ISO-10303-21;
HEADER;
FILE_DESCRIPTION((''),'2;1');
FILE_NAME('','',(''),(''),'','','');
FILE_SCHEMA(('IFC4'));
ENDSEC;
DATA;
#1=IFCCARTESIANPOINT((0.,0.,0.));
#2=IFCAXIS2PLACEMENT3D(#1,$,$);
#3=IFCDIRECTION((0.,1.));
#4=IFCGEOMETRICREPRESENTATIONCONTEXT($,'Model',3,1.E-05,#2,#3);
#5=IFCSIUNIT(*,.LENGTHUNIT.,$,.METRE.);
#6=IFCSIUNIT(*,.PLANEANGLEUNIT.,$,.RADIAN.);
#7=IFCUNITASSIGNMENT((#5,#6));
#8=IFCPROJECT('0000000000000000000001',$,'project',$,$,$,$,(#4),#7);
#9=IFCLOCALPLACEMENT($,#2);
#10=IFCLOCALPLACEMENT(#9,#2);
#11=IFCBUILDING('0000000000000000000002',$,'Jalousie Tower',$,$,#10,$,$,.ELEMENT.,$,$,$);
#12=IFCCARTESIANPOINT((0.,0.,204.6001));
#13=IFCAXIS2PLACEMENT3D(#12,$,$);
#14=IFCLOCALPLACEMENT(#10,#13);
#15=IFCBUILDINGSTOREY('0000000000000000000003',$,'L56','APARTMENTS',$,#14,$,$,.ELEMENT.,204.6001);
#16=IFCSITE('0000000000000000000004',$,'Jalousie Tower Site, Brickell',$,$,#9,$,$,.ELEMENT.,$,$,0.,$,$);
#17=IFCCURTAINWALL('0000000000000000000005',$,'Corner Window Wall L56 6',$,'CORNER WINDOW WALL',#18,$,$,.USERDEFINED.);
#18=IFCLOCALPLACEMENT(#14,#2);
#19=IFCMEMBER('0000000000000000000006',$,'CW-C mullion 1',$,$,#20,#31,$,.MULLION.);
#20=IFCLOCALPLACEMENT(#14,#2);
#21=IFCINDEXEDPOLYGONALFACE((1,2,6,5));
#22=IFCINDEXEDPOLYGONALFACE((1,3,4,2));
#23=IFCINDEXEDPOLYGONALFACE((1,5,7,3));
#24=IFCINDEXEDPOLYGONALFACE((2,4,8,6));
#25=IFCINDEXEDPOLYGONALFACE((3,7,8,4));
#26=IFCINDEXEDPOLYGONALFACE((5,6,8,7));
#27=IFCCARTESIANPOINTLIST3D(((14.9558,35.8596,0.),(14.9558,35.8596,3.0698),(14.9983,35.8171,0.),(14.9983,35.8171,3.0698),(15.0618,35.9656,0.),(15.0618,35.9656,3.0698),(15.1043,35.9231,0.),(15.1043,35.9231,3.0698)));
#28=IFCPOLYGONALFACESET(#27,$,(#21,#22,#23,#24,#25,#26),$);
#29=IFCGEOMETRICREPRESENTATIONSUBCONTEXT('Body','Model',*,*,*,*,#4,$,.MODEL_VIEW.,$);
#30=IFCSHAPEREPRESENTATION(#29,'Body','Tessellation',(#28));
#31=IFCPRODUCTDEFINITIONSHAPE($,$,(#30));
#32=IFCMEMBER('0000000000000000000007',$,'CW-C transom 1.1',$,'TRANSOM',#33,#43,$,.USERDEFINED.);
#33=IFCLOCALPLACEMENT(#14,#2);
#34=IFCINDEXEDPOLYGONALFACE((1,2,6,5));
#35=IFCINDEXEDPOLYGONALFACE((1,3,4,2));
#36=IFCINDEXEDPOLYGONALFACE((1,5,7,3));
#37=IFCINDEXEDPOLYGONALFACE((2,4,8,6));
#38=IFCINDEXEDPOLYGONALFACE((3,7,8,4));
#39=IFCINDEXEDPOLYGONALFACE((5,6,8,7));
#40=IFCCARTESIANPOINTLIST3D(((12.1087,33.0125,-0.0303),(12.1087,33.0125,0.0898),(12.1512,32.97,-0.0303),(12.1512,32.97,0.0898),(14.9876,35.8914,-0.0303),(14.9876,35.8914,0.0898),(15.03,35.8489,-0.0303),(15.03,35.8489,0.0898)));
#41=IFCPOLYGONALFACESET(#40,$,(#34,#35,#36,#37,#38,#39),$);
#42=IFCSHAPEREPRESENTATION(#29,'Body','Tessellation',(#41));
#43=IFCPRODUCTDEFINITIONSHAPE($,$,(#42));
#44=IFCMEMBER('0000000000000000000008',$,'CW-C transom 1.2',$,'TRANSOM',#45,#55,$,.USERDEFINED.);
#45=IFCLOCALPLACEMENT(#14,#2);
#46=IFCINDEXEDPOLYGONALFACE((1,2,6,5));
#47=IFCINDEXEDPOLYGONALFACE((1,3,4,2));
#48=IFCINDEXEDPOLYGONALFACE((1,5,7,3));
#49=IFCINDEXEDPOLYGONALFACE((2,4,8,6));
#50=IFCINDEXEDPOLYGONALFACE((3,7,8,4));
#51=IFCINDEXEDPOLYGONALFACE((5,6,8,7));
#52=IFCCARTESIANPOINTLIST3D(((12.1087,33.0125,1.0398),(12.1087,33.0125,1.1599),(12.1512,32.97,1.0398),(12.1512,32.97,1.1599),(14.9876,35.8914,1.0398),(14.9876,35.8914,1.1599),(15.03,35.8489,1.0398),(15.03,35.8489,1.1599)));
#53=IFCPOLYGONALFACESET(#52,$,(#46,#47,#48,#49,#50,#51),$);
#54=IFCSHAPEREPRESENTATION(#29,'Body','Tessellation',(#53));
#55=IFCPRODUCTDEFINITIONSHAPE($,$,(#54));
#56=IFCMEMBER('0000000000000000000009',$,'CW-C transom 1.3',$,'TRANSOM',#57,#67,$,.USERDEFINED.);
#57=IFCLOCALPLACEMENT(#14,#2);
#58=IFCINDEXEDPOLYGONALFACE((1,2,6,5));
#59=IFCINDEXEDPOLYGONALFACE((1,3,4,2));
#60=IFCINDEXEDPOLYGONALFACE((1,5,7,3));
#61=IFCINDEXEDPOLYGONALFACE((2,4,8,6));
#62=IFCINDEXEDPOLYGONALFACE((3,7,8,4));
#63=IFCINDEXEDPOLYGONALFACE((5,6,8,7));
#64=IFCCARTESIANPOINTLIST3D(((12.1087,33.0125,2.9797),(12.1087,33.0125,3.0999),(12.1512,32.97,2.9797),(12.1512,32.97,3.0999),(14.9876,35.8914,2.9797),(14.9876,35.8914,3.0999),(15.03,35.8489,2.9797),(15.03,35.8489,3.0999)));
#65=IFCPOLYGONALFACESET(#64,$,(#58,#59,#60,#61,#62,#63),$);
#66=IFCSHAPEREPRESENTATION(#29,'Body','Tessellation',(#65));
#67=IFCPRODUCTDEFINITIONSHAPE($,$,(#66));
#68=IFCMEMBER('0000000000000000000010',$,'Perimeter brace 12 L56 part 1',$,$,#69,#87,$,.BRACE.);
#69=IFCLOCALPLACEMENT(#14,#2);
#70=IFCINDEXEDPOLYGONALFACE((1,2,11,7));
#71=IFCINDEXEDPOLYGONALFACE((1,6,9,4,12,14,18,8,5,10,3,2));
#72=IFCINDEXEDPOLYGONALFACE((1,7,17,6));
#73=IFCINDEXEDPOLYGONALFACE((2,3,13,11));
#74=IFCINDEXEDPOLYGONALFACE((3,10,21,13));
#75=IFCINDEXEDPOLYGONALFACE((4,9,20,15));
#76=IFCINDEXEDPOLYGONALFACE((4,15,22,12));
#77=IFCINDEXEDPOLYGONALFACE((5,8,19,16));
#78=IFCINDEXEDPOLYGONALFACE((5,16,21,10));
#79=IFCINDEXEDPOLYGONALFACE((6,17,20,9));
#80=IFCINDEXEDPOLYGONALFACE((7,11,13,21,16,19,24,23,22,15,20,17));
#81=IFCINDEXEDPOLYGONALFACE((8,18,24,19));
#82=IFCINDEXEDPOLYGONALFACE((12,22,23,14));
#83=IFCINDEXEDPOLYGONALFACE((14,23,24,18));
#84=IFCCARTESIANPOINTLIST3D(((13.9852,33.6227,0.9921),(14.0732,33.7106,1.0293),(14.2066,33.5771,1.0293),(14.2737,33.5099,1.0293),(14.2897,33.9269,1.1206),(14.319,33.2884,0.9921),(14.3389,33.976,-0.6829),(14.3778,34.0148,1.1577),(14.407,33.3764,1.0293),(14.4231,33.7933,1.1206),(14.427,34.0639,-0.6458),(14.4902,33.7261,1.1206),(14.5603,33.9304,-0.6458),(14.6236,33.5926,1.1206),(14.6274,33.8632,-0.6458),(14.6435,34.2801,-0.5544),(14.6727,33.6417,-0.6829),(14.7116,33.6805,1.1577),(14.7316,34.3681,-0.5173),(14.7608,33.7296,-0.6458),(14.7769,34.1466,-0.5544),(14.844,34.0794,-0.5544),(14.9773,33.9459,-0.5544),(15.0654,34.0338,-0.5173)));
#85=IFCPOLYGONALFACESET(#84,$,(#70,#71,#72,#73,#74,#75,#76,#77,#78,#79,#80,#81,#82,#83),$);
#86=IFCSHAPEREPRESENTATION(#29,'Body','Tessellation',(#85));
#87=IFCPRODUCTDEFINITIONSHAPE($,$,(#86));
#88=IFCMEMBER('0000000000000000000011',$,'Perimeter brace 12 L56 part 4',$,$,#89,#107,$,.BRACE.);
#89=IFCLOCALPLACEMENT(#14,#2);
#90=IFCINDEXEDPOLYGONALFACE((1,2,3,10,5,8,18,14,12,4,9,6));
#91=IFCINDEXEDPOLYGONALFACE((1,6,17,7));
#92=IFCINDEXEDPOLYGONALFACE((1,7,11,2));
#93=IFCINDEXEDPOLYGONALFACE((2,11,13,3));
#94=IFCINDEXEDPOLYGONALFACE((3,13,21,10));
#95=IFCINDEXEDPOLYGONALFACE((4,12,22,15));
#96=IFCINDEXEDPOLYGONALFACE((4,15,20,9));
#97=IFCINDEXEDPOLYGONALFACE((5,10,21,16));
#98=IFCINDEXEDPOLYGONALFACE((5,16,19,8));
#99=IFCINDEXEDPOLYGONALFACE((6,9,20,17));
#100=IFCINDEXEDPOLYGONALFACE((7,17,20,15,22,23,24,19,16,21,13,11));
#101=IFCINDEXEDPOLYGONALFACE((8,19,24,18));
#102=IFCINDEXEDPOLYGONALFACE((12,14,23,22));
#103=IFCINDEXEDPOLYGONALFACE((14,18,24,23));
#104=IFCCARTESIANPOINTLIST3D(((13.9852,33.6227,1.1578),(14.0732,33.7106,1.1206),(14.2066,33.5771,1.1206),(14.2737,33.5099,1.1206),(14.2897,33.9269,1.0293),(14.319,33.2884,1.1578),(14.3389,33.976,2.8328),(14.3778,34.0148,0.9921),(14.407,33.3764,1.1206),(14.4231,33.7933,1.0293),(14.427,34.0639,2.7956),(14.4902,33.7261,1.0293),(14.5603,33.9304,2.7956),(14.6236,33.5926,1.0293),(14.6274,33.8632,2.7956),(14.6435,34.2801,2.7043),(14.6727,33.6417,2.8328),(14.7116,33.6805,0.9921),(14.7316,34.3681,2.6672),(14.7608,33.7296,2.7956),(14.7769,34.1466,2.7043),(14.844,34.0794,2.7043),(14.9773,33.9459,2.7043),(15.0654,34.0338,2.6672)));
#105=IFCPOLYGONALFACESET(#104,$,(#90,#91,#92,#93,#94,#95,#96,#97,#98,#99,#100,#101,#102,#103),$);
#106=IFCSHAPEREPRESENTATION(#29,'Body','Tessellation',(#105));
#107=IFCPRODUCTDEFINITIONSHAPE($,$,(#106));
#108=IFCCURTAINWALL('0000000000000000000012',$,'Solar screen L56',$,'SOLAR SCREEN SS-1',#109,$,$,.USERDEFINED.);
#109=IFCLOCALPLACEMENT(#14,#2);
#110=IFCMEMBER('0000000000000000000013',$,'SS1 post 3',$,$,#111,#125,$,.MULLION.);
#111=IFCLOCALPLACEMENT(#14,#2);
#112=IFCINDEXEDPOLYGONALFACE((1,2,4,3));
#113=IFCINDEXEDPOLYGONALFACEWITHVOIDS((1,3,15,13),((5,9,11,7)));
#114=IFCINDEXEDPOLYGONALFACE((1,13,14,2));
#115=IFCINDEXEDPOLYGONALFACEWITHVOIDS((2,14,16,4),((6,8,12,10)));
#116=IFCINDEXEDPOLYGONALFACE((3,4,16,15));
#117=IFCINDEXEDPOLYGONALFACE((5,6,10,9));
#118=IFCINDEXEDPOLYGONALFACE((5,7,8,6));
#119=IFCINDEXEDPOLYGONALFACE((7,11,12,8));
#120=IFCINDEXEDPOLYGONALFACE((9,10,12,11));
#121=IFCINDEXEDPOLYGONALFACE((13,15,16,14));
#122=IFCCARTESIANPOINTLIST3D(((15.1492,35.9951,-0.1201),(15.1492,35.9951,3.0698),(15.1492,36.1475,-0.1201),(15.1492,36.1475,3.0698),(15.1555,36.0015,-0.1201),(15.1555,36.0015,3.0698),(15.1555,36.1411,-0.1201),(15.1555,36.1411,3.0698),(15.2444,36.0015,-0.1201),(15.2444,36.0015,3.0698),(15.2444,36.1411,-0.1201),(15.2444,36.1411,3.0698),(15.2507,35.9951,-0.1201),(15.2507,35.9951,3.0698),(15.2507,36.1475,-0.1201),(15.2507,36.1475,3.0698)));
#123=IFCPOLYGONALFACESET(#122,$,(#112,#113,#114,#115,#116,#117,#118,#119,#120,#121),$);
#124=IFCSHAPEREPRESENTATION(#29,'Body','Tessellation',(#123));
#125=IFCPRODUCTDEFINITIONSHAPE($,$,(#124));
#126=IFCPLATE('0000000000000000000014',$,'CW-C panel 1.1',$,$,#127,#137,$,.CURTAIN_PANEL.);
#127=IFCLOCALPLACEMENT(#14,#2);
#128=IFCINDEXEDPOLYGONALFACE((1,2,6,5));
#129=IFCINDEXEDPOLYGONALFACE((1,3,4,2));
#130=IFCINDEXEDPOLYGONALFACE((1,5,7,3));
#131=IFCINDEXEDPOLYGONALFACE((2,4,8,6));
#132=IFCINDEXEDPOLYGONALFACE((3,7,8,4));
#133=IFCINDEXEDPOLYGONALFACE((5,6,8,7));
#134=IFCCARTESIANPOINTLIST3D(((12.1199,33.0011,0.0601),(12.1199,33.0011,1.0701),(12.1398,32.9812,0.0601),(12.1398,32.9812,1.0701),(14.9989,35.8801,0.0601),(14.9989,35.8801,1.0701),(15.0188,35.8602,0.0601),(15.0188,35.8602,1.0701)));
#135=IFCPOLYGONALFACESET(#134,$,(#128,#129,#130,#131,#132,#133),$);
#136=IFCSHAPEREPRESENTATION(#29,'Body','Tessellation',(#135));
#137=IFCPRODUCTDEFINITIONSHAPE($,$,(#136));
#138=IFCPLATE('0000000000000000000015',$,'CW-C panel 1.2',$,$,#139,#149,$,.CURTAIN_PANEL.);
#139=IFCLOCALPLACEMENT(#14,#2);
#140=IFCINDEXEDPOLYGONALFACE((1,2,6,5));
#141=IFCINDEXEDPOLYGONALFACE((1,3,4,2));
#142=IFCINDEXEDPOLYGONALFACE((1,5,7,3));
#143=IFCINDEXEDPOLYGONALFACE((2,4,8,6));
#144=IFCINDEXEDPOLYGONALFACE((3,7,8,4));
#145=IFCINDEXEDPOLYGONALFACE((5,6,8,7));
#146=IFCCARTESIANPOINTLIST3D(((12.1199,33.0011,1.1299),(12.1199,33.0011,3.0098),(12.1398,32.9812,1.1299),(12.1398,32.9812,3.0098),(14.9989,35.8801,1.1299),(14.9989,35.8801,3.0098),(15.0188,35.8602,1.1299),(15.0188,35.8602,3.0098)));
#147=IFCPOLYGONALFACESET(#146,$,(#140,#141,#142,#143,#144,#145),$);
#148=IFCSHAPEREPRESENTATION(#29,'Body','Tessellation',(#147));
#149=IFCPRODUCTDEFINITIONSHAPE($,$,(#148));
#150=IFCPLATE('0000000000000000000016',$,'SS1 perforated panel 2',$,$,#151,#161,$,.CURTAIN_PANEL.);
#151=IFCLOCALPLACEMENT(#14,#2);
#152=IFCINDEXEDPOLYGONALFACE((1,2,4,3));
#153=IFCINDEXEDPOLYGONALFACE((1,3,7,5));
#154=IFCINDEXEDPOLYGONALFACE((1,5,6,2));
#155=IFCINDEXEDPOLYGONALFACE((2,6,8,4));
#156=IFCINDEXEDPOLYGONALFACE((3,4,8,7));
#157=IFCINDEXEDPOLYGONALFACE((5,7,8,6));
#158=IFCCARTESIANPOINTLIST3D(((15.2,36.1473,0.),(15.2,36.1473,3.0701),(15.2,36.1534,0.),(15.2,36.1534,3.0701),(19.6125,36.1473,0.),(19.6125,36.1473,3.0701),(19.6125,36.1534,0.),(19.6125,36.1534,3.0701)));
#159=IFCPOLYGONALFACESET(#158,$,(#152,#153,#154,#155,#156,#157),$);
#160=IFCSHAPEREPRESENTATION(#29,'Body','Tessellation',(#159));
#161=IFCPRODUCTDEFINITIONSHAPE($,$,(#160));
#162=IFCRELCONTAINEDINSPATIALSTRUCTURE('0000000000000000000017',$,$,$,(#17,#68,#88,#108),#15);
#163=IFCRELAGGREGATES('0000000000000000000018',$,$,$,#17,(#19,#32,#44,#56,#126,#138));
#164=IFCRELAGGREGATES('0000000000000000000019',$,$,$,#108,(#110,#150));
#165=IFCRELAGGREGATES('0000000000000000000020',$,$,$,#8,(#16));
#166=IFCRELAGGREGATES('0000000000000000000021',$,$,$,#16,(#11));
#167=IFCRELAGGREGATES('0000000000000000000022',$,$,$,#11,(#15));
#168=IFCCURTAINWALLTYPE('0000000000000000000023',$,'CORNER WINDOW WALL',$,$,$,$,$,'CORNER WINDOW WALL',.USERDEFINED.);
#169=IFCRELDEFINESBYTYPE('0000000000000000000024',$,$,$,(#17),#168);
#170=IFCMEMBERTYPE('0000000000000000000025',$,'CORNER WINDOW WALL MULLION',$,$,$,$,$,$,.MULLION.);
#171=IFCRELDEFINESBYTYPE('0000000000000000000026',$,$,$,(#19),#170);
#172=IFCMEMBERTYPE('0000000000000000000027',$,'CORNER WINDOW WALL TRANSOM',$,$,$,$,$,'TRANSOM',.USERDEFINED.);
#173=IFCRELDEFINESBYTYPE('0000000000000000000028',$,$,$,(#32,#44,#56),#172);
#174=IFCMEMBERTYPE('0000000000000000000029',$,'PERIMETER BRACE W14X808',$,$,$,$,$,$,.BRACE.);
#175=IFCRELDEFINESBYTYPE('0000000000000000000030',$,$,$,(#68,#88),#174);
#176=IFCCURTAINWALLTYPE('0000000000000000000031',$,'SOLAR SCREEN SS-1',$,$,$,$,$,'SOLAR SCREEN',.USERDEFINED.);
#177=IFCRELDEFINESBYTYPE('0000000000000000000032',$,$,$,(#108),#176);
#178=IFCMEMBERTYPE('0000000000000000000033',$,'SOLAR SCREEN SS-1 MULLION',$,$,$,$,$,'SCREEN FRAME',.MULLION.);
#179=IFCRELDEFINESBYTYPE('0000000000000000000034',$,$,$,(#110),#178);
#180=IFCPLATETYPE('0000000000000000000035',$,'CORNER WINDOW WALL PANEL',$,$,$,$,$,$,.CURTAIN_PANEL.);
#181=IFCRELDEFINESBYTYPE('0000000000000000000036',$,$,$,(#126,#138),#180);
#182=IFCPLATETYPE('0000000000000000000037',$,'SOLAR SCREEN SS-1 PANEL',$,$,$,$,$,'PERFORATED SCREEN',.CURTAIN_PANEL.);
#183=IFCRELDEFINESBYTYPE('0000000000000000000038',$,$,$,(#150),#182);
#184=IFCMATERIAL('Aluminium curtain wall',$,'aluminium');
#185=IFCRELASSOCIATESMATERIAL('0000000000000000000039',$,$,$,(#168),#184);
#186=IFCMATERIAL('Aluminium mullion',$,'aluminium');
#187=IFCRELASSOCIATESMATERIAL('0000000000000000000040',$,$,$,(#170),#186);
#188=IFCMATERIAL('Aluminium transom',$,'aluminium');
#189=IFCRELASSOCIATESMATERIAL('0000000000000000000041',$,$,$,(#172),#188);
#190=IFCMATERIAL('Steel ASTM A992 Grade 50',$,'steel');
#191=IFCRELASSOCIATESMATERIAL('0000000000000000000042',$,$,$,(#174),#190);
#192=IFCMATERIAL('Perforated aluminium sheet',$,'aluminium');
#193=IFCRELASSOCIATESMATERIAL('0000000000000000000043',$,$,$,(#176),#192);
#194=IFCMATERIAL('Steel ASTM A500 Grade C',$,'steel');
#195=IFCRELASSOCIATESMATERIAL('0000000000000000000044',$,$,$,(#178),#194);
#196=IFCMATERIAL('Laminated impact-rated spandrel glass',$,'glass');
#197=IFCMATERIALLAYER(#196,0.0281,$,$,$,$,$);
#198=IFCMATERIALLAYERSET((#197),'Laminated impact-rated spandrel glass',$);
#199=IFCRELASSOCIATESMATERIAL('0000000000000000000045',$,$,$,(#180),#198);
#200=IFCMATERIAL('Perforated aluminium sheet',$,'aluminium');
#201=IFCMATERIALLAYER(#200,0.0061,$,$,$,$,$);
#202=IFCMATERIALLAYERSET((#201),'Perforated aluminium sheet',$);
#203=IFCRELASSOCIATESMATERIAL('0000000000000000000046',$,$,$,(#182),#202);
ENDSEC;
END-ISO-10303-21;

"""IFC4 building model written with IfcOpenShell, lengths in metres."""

from ifc_helpers import new_model, si_unit, direction, frame, origin, origin_2d, place, context, subcontext, project, spatial, rectangle, hollow_rectangle, i_section, extrude, material, layer, layer_set, material_profile, profile_set, type_object, element, aggregate, save


model = new_model("IFC4")

# Units and contexts
model_context = context("Model", 3, precision=1e-05, world=origin(), true_north=direction((0.0, 1.0)))
body_context = subcontext(model_context, "Body", "Model", "MODEL_VIEW")
ifc_project = project(units=[si_unit("LENGTHUNIT", "METRE"), si_unit("PLANEANGLEUNIT", "RADIAN")], contexts=[model_context])

# Site, building, storey
site_placement = place(None, origin())
site = spatial("IfcSite", under=ifc_project, at=site_placement, Name="Jalousie Tower Site, Brickell", CompositionType="ELEMENT", RefElevation=0.0)
building_placement = place(site_placement, origin())
building = spatial("IfcBuilding", under=site, at=building_placement, Name="Jalousie Tower", CompositionType="ELEMENT")
storey_placement = place(building_placement, frame((0.0, 0.0, 204.6001)))
storey = spatial("IfcBuildingStorey", under=building, at=storey_placement, Name="L56", Description="APARTMENTS", CompositionType="ELEMENT", Elevation=204.6001)

# Curtain wall, members
ifc_material_1 = material(Name="Aluminium curtain wall", Category="aluminium")
curtain_wall_type_1 = type_object("IfcCurtainWallType", Name="CORNER WINDOW WALL", ElementType="CORNER WINDOW WALL", PredefinedType="USERDEFINED", material=ifc_material_1)
curtain_wall_1_placement = place(storey_placement, origin())
curtain_wall_1 = element("IfcCurtainWall", 1, at=curtain_wall_1_placement, inside=storey, type_object=curtain_wall_type_1, Name="Corner Window Wall L56 6", ObjectType="CORNER WINDOW WALL", PredefinedType="USERDEFINED")
ifc_material_2 = material(Name="Aluminium mullion", Category="aluminium")
ifc_material_profile_1 = material_profile(ifc_material_2, rectangle(XDim=0.0601, YDim=0.1499, at=origin_2d()), Name="MULLION 60x150")
ifc_profile_set_1 = profile_set([ifc_material_profile_1], Name="Aluminium mullion")
member_type_1 = type_object("IfcMemberType", Name="CORNER WINDOW WALL MULLION", PredefinedType="MULLION", material=ifc_profile_set_1)
member_1_placement = place(storey_placement, frame((15.03, 35.8914, 0.0), z_axis=(0.0, 0.0, 1.0), x_axis=(0.707107, -0.707107, 0.0)))
member_1 = element("IfcMember", 2, at=member_1_placement, type_object=member_type_1, Name="CW-C mullion 1", PredefinedType="MULLION", context=body_context, shape_type="SweptSolid", body=[
    extrude(rectangle(XDim=0.0601, YDim=0.1499, at=origin_2d()), origin(), (0.0, 0.0, 1.0), 3.0698),
])
ifc_material_3 = material(Name="Aluminium transom", Category="aluminium")
ifc_material_profile_2 = material_profile(ifc_material_3, rectangle(XDim=0.0601, YDim=0.1201, at=origin_2d()), Name="TRANSOM 60x120")
ifc_profile_set_2 = profile_set([ifc_material_profile_2], Name="Aluminium transom")
member_type_2 = type_object("IfcMemberType", Name="CORNER WINDOW WALL TRANSOM", ElementType="TRANSOM", PredefinedType="USERDEFINED", material=ifc_profile_set_2)
member_2_placement = place(storey_placement, frame((15.0088, 35.8701, 0.0298), z_axis=(-0.707107, -0.707107, 0.0), x_axis=(0.707107, -0.707107, 0.0)))
member_2 = element("IfcMember", 3, at=member_2_placement, type_object=member_type_2, Name="CW-C transom 1.1", ObjectType="TRANSOM", PredefinedType="USERDEFINED", context=body_context, shape_type="SweptSolid", body=[
    extrude(rectangle(XDim=0.0601, YDim=0.1201, at=origin_2d()), origin(), (0.0, 0.0, 1.0), 4.0713),
])
member_3_placement = place(storey_placement, frame((15.0088, 35.8701, 1.0999), z_axis=(-0.707107, -0.707107, 0.0), x_axis=(0.707107, -0.707107, 0.0)))
member_3 = element("IfcMember", 4, at=member_3_placement, type_object=member_type_2, Name="CW-C transom 1.2", ObjectType="TRANSOM", PredefinedType="USERDEFINED", context=body_context, shape_type="SweptSolid", body=[
    extrude(rectangle(XDim=0.0601, YDim=0.1201, at=origin_2d()), origin(), (0.0, 0.0, 1.0), 4.0713),
])
member_4_placement = place(storey_placement, frame((15.0088, 35.8701, 3.0398), z_axis=(-0.707107, -0.707107, 0.0), x_axis=(0.707107, -0.707107, 0.0)))
member_4 = element("IfcMember", 5, at=member_4_placement, type_object=member_type_2, Name="CW-C transom 1.3", ObjectType="TRANSOM", PredefinedType="USERDEFINED", context=body_context, shape_type="SweptSolid", body=[
    extrude(rectangle(XDim=0.0601, YDim=0.1201, at=origin_2d()), origin(), (0.0, 0.0, 1.0), 4.0713),
])

# Members
ifc_material_4 = material(Name="Steel ASTM A992 Grade 50", Category="steel")
ifc_material_profile_3 = material_profile(ifc_material_4, i_section(OverallWidth=0.4724, OverallDepth=0.5791, WebThickness=0.095, FlangeThickness=0.1299, at=origin_2d()), Name="W14X808")
ifc_profile_set_3 = profile_set([ifc_material_profile_3], Name="Steel ASTM A992 Grade 50")
member_type_3 = type_object("IfcMemberType", Name="PERIMETER BRACE W14X808", PredefinedType="BRACE", material=ifc_profile_set_3)
for number, where, z_axis, x_axis, name in (
    (6, (14.7021, 34.0049, -0.6001), (-0.202372, -0.202093, 0.95823), (0.706618, -0.707595, 0.0), "Perimeter brace 12 L56 part 1"),
    (7, (14.3484, 33.6516, 1.075), (0.202372, 0.202093, 0.95823), (-0.706618, 0.707595, 0.0), "Perimeter brace 12 L56 part 4"),
):
    element("IfcMember", number, at=place(storey_placement, frame(where, z_axis=z_axis, x_axis=x_axis)), inside=storey, type_object=member_type_3, Name=name, PredefinedType="BRACE", context=body_context, shape_type="SweptSolid", body=[
        extrude(i_section(OverallWidth=0.4724, OverallDepth=0.5791, WebThickness=0.095, FlangeThickness=0.1299, at=origin_2d()), origin(), (0.0, 0.0, 1.0), 1.748),
    ])

# Curtain wall, member
ifc_material_5 = material(Name="Perforated aluminium sheet", Category="aluminium")
curtain_wall_type_2 = type_object("IfcCurtainWallType", Name="SOLAR SCREEN SS-1", ElementType="SOLAR SCREEN", PredefinedType="USERDEFINED", material=ifc_material_5)
curtain_wall_2_placement = place(storey_placement, origin())
curtain_wall_2 = element("IfcCurtainWall", 8, at=curtain_wall_2_placement, inside=storey, type_object=curtain_wall_type_2, Name="Solar screen L56", ObjectType="SOLAR SCREEN SS-1", PredefinedType="USERDEFINED")
ifc_material_6 = material(Name="Steel ASTM A500 Grade C", Category="steel")
ifc_material_profile_4 = material_profile(ifc_material_6, hollow_rectangle(XDim=0.1016, YDim=0.1523, WallThickness=0.0063, at=origin_2d()), Name="HSS6X4X1/4")
ifc_profile_set_4 = profile_set([ifc_material_profile_4], Name="Steel ASTM A500 Grade C")
member_type_4 = type_object("IfcMemberType", Name="SOLAR SCREEN SS-1 MULLION", ElementType="SCREEN FRAME", PredefinedType="MULLION", material=ifc_profile_set_4)
member_5_placement = place(storey_placement, frame((15.2, 36.0713, -0.1201), z_axis=(0.0, 0.0, 1.0), x_axis=(-1.0, 0.0, 0.0)))
member_5 = element("IfcMember", 9, at=member_5_placement, type_object=member_type_4, Name="SS1 post 3", PredefinedType="MULLION", context=body_context, shape_type="SweptSolid", body=[
    extrude(hollow_rectangle(XDim=0.1016, YDim=0.1523, WallThickness=0.0063, at=origin_2d()), origin(), (0.0, 0.0, 1.0), 3.1899),
])

# Plates
ifc_material_7 = material(Name="Laminated impact-rated spandrel glass", Category="glass")
ifc_layer_1 = layer(ifc_material_7, 0.0281)
ifc_layer_set_1 = layer_set([ifc_layer_1], Name="Laminated impact-rated spandrel glass")
plate_type_1 = type_object("IfcPlateType", Name="CORNER WINDOW WALL PANEL", PredefinedType="CURTAIN_PANEL", material=ifc_layer_set_1)
plate_1_placement = place(storey_placement, frame((13.5693, 34.4307, 0.0601), z_axis=(0.0, 0.0, 1.0), x_axis=(-0.707107, -0.707107, 0.0)))
plate_1 = element("IfcPlate", 10, at=plate_1_placement, type_object=plate_type_1, Name="CW-C panel 1.1", PredefinedType="CURTAIN_PANEL", context=body_context, shape_type="SweptSolid", body=[
    extrude(rectangle(XDim=4.0715, YDim=0.0281, at=origin_2d()), origin(), (0.0, 0.0, 1.0), 1.01),
])
plate_2_placement = place(storey_placement, frame((13.5693, 34.4307, 1.1299), z_axis=(0.0, 0.0, 1.0), x_axis=(-0.707107, -0.707107, 0.0)))
plate_2 = element("IfcPlate", 11, at=plate_2_placement, type_object=plate_type_1, Name="CW-C panel 1.2", PredefinedType="CURTAIN_PANEL", context=body_context, shape_type="SweptSolid", body=[
    extrude(rectangle(XDim=4.0715, YDim=0.0281, at=origin_2d()), origin(), (0.0, 0.0, 1.0), 1.8799),
])
aggregate(curtain_wall_1, [member_1, member_2, member_3, member_4, plate_1, plate_2])
ifc_material_8 = material(Name="Perforated aluminium sheet", Category="aluminium")
ifc_layer_2 = layer(ifc_material_8, 0.0061)
ifc_layer_set_2 = layer_set([ifc_layer_2], Name="Perforated aluminium sheet")
plate_type_2 = type_object("IfcPlateType", Name="SOLAR SCREEN SS-1 PANEL", ElementType="PERFORATED SCREEN", PredefinedType="CURTAIN_PANEL", material=ifc_layer_set_2)
plate_3_placement = place(storey_placement, frame((17.4062, 36.1504, 0.0), z_axis=(0.0, 0.0, 1.0), x_axis=(-1.0, 0.0, 0.0)))
plate_3 = element("IfcPlate", 12, at=plate_3_placement, type_object=plate_type_2, Name="SS1 perforated panel 2", PredefinedType="CURTAIN_PANEL", context=body_context, shape_type="SweptSolid", body=[
    extrude(rectangle(XDim=4.4126, YDim=0.0061, at=origin_2d()), origin(), (0.0, 0.0, 1.0), 3.0701),
])
aggregate(curtain_wall_2, [member_5, plate_3])

save(model, "model.ifc")
